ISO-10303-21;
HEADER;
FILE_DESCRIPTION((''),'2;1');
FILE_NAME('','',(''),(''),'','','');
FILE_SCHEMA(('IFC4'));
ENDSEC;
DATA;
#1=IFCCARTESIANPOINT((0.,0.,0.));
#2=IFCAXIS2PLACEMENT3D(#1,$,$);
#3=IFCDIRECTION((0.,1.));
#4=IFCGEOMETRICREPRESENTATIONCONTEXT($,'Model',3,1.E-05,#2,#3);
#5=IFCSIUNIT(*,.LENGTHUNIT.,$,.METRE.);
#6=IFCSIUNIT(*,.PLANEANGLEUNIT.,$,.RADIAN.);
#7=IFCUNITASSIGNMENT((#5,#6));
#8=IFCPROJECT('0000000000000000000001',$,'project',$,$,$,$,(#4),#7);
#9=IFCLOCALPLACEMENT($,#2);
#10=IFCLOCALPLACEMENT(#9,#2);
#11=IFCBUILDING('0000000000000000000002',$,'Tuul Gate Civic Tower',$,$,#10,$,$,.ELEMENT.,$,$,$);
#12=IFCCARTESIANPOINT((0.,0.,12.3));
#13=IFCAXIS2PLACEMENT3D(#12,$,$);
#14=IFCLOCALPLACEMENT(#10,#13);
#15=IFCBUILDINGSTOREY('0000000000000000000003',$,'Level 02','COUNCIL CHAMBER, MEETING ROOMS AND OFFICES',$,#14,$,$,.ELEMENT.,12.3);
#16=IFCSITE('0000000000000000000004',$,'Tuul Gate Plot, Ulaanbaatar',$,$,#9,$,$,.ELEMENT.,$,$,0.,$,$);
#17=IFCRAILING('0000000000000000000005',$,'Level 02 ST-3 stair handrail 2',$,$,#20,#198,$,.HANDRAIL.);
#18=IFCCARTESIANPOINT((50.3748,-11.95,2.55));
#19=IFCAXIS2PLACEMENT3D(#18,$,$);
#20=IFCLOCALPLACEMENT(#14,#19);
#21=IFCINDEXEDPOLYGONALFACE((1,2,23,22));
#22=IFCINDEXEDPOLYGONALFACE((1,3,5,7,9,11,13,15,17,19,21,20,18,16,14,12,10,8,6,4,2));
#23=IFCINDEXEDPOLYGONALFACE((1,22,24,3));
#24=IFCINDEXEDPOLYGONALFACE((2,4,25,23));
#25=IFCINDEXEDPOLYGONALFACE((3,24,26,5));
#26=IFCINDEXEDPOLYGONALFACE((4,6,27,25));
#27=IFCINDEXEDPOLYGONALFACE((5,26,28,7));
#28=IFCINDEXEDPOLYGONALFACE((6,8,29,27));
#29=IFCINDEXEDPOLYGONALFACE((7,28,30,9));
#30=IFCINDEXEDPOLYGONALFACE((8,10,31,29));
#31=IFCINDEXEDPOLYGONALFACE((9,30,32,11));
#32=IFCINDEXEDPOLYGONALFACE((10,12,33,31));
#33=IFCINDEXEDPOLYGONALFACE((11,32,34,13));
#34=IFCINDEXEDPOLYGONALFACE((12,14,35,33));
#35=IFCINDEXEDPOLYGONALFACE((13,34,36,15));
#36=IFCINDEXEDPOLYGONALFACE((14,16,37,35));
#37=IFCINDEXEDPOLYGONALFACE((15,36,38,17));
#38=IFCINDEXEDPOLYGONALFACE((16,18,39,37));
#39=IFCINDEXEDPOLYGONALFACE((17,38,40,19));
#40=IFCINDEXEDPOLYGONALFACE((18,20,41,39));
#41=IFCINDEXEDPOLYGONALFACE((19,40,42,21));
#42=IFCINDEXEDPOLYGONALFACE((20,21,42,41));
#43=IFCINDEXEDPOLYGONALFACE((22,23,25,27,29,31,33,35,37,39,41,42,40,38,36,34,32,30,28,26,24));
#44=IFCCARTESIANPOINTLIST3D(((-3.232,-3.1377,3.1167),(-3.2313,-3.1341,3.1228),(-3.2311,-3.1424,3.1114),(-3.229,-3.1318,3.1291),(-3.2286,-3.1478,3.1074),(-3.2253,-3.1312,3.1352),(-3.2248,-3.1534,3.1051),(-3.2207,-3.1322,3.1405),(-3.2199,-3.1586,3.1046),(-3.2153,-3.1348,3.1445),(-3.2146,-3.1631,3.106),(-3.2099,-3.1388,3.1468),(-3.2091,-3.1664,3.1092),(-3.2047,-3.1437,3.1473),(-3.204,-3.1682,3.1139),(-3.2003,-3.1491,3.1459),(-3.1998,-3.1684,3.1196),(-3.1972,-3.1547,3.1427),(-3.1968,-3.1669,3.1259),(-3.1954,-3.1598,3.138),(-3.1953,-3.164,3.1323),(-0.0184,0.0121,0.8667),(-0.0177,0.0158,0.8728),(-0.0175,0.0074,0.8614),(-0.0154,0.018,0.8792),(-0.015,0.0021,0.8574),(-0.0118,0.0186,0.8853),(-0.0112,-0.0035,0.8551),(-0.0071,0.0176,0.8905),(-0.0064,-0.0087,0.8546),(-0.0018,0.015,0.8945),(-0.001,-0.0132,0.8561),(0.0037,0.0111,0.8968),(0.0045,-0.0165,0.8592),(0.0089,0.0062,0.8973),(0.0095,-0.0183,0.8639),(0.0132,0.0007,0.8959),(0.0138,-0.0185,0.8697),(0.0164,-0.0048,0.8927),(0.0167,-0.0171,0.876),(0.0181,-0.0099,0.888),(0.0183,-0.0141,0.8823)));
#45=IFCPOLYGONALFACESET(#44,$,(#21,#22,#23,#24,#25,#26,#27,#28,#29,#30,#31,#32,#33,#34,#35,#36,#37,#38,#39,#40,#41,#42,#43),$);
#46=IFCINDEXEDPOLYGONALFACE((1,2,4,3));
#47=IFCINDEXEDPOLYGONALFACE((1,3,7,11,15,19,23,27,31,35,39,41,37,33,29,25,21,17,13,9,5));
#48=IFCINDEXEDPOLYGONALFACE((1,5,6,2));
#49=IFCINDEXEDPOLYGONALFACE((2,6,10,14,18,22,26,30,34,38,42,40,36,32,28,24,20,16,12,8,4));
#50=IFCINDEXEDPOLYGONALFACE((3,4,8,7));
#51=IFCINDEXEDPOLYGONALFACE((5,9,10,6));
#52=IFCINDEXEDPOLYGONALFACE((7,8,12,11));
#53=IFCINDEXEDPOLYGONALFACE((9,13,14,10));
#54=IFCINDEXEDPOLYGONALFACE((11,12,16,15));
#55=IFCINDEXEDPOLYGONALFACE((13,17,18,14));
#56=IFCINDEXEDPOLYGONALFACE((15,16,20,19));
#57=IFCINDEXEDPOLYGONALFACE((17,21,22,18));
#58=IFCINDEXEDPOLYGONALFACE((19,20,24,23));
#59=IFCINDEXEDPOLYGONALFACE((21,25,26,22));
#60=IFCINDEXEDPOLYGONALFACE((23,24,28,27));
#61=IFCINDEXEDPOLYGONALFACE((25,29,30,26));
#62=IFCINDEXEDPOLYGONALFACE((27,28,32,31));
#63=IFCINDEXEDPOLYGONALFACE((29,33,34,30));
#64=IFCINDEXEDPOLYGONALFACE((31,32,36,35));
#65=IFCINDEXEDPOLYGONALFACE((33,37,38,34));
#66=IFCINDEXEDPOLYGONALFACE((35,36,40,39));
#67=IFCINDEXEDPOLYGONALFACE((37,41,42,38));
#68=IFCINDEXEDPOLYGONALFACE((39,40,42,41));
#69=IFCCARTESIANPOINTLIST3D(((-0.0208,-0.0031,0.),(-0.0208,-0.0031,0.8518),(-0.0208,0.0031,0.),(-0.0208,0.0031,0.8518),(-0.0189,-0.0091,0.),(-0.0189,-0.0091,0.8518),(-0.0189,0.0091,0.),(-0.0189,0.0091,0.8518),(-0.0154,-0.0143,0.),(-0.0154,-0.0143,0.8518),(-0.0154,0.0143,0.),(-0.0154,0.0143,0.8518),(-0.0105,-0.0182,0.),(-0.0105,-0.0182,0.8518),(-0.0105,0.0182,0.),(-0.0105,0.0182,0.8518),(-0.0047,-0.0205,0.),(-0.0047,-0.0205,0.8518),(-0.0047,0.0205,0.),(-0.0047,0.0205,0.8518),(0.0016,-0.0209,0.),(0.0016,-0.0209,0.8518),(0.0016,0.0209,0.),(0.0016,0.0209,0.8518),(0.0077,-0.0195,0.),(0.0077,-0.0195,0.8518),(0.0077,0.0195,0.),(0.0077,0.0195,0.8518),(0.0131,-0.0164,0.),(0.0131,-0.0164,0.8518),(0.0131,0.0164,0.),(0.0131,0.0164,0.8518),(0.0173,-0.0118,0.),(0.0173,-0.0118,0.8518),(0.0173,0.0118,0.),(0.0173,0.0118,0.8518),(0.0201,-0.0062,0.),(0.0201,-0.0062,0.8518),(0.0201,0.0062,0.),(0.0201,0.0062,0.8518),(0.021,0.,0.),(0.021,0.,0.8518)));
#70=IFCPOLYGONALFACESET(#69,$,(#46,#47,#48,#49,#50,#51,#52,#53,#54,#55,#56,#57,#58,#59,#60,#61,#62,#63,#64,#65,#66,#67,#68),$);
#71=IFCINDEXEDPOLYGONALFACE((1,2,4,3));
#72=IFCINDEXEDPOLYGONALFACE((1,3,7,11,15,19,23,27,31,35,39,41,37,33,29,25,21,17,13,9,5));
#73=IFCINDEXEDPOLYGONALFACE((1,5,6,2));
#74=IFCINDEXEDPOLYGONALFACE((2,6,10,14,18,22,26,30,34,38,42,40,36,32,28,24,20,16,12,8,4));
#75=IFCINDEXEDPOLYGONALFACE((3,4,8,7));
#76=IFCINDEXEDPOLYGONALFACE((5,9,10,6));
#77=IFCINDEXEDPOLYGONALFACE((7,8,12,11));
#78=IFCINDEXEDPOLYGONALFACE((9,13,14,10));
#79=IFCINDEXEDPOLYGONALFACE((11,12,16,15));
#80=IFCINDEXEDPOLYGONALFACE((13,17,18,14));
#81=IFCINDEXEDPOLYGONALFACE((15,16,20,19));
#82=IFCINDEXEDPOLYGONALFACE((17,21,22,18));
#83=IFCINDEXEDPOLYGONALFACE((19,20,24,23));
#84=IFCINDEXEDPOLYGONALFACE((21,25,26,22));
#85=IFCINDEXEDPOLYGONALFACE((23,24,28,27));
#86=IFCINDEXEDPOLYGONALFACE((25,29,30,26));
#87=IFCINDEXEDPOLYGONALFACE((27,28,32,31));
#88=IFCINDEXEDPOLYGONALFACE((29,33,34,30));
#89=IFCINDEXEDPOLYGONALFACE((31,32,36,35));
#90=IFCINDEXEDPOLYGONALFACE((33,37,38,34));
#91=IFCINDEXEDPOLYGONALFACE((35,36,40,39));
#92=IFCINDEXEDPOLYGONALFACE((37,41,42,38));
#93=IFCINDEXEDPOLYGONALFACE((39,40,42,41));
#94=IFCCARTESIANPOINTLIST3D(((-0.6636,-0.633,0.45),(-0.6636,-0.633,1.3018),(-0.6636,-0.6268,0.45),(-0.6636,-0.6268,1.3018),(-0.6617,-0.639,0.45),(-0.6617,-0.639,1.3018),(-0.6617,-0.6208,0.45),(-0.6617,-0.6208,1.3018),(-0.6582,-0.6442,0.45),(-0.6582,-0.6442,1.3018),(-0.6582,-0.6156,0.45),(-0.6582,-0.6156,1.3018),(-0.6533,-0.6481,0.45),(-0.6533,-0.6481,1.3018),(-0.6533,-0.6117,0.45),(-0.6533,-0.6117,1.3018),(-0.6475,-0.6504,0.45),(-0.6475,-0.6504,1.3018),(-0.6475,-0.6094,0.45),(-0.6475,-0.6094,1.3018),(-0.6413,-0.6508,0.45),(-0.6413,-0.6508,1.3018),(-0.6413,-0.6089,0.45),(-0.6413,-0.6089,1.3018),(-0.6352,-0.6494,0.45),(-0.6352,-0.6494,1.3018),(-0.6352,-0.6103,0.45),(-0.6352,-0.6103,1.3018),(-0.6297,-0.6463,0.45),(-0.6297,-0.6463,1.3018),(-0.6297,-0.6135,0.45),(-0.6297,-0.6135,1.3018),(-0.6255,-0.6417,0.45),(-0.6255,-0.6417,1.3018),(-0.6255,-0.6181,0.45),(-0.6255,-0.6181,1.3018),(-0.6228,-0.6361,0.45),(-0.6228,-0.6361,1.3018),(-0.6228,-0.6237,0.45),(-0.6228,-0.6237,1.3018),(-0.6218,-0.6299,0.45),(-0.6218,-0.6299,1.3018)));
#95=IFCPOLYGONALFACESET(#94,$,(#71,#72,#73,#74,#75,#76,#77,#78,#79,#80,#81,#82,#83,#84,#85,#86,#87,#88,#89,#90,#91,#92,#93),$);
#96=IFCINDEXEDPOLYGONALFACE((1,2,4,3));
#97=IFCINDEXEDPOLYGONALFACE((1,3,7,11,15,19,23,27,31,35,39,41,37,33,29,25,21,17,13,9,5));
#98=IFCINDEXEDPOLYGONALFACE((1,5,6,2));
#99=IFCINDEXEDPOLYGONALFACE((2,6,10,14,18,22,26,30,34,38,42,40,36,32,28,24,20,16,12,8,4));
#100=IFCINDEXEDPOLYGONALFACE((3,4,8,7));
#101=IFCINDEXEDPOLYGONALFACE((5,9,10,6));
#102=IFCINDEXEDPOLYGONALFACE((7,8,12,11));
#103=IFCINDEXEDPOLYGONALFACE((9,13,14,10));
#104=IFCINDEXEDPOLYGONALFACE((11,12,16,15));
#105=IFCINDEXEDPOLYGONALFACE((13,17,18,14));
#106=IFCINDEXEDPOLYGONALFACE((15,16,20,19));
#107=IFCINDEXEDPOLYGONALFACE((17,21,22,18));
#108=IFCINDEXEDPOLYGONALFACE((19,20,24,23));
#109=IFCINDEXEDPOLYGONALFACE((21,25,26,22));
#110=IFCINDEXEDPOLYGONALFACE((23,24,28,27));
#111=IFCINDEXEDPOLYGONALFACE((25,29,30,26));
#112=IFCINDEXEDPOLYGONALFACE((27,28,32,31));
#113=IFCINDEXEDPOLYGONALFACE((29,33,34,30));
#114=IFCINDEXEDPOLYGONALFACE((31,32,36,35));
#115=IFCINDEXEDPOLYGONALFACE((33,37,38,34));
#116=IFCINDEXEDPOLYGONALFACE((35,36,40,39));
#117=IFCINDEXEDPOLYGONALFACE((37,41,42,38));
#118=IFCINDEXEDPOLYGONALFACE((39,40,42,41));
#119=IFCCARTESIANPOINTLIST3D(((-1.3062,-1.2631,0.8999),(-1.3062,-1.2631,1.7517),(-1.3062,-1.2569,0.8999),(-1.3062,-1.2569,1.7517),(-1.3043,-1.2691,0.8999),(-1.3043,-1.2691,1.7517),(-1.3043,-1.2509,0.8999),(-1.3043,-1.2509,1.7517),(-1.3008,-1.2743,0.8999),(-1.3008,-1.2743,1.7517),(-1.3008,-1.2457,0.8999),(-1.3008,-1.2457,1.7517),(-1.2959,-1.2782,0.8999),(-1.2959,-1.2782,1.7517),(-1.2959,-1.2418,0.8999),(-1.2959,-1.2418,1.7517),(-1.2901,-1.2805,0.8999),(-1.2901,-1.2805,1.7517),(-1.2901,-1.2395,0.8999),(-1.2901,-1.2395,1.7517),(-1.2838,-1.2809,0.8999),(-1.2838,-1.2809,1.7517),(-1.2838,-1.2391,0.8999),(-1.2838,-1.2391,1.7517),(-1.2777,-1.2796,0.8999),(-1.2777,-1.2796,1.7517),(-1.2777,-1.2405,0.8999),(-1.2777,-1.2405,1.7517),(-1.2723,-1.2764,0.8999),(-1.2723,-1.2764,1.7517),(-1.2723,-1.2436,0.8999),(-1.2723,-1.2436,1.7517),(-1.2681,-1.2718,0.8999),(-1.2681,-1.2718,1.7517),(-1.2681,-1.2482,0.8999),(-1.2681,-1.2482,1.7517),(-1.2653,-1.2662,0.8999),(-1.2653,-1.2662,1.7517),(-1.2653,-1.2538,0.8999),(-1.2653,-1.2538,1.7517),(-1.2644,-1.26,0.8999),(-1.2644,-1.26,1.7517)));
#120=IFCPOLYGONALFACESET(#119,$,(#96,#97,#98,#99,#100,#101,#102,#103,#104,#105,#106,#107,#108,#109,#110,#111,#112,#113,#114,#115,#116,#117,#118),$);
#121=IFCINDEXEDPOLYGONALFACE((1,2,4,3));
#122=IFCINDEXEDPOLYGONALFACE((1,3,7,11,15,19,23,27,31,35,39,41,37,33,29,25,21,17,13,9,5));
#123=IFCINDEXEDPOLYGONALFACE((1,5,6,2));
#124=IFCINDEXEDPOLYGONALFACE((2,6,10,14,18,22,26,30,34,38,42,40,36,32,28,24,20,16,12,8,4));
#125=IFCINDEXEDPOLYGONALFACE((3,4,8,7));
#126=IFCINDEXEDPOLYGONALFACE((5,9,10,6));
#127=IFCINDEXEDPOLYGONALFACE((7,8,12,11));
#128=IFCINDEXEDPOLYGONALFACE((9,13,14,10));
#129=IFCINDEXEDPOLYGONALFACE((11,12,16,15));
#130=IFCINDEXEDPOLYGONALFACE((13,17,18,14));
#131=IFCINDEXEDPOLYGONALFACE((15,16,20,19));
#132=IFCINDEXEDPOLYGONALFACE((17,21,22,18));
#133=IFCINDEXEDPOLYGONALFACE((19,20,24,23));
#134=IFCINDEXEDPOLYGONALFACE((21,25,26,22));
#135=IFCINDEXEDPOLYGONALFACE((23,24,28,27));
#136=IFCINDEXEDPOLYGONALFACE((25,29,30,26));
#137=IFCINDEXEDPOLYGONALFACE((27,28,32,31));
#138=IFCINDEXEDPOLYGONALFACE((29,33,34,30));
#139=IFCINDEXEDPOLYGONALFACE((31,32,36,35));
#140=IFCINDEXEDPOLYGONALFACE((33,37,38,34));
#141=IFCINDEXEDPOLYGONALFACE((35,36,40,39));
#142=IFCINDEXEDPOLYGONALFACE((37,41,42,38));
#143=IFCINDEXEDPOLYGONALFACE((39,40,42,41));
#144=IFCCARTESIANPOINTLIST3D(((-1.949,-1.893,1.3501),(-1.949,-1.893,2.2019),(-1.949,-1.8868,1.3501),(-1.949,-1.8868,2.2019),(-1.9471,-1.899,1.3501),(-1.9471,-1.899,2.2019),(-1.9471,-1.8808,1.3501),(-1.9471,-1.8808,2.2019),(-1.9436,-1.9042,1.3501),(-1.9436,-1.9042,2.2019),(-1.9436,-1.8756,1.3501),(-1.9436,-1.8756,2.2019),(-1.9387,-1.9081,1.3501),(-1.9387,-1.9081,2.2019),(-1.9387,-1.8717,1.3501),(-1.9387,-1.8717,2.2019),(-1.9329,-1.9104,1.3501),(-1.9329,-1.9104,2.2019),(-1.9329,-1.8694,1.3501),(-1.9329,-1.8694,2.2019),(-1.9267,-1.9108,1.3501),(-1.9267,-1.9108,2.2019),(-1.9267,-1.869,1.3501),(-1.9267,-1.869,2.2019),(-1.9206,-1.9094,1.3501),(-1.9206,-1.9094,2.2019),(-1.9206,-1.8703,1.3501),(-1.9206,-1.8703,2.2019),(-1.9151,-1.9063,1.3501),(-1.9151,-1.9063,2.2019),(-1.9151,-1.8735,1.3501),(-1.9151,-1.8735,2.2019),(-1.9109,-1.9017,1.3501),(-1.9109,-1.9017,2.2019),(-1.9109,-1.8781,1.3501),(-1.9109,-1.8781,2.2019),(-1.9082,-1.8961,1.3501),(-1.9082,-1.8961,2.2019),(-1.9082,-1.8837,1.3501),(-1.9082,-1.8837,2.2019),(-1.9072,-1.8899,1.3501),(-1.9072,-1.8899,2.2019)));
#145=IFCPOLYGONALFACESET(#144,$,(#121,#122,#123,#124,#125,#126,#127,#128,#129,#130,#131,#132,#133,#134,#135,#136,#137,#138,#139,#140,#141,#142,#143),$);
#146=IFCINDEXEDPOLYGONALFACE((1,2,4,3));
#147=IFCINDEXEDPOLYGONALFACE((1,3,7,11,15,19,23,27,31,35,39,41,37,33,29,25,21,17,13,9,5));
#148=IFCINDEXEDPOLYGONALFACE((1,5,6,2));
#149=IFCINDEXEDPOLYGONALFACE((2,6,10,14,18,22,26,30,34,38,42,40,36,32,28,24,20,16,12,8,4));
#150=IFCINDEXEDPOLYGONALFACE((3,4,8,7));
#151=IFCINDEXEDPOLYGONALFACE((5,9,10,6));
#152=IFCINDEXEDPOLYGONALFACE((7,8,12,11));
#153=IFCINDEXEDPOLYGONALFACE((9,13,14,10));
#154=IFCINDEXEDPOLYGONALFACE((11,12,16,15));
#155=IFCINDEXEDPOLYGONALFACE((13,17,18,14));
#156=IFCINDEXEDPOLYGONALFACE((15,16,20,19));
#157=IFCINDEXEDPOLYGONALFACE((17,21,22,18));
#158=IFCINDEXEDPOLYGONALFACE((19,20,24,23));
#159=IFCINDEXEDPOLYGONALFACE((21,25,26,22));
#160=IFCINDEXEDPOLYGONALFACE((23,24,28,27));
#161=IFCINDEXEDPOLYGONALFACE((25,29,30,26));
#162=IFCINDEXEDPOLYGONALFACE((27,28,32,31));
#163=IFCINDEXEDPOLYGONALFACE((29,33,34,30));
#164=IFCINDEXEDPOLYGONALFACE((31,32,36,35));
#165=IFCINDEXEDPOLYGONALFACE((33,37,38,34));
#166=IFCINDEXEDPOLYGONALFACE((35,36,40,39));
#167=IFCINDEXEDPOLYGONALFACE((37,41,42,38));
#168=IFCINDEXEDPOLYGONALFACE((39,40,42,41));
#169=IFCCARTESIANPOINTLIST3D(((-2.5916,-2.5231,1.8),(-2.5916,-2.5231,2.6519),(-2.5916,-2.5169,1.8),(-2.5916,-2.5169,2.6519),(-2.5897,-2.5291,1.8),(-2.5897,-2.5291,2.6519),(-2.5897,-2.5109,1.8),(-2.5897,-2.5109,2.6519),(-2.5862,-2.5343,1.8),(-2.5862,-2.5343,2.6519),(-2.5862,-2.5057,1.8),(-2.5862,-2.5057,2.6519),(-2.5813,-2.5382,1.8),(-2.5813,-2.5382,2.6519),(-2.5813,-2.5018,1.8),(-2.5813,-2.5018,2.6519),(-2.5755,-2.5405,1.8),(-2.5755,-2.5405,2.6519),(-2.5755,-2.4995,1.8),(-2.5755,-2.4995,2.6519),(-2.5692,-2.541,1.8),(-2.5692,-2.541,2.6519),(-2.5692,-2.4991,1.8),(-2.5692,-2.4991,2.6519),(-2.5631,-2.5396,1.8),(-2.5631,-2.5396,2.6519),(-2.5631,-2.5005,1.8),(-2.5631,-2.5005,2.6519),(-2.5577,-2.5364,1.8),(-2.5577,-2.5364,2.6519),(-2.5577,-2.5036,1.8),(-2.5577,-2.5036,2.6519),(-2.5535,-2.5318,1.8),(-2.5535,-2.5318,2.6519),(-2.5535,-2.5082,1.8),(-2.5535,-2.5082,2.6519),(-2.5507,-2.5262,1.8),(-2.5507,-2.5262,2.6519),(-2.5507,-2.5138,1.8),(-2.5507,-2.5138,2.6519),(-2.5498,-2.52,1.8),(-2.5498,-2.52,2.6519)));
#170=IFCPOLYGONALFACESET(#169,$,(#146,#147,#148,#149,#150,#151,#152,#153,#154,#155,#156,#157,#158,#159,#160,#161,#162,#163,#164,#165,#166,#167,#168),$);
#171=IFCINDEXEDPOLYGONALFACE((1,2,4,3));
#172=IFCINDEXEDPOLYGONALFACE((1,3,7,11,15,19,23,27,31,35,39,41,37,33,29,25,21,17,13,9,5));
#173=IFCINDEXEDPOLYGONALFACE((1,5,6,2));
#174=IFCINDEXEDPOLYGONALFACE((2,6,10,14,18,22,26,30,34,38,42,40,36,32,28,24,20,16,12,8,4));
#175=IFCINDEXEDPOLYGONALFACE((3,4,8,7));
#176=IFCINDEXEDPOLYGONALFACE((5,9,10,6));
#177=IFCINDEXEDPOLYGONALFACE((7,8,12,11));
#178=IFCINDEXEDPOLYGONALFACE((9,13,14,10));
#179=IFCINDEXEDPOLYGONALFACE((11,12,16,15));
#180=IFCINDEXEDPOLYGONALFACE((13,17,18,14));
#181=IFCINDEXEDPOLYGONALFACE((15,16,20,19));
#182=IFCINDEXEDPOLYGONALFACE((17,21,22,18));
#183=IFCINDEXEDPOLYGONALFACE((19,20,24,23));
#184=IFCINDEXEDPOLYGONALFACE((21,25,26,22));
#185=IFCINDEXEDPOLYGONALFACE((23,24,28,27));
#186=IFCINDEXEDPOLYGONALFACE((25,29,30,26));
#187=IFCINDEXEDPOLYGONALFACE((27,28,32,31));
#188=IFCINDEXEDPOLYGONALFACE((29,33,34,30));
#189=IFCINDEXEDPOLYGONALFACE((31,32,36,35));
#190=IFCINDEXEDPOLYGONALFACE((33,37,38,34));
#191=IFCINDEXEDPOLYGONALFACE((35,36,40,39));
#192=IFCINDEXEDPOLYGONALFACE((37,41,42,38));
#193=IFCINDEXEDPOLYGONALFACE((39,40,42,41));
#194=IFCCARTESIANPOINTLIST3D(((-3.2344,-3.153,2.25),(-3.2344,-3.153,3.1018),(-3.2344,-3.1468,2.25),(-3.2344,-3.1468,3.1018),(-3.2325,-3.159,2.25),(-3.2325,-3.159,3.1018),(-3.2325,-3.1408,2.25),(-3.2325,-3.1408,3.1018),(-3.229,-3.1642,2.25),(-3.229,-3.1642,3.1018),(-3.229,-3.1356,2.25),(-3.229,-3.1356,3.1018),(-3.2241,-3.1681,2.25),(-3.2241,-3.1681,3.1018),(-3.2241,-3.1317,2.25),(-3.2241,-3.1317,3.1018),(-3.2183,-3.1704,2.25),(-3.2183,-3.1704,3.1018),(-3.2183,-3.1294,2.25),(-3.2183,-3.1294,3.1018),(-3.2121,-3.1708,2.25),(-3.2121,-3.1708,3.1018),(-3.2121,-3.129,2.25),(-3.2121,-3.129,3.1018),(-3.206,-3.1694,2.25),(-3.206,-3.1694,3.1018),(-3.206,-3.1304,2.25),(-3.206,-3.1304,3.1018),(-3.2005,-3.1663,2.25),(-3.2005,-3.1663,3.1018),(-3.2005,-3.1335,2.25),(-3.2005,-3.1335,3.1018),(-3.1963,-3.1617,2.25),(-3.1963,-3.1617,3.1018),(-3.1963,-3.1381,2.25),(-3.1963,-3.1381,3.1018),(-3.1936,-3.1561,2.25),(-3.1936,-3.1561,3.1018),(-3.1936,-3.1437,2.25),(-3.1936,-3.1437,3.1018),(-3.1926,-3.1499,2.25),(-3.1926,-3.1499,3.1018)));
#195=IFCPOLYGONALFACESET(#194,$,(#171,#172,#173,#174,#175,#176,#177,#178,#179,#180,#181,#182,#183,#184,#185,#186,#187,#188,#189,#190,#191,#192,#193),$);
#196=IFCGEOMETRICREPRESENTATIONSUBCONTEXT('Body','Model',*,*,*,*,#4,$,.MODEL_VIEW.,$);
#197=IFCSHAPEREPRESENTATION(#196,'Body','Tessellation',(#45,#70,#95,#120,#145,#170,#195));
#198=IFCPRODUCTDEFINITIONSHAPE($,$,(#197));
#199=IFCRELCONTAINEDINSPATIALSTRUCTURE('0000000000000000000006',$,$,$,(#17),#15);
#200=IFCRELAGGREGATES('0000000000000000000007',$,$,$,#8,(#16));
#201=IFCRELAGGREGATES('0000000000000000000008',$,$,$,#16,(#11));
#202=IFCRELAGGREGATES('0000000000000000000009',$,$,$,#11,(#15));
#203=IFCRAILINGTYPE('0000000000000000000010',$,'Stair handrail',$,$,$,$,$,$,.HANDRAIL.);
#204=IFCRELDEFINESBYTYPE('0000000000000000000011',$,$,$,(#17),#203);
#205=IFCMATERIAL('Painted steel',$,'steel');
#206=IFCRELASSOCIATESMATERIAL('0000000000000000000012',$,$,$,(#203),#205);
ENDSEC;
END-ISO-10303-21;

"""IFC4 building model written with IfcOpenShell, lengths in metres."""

from ifc_helpers import new_model, si_unit, direction, frame, origin, origin_2d, place, context, subcontext, project, spatial, circle, extrude, material, type_object, element, save


model = new_model("IFC4")

# Units and contexts
model_context = context("Model", 3, precision=1e-05, world=origin(), true_north=direction((0.0, 1.0)))
body_context = subcontext(model_context, "Body", "Model", "MODEL_VIEW")
ifc_project = project(units=[si_unit("LENGTHUNIT", "METRE"), si_unit("PLANEANGLEUNIT", "RADIAN")], contexts=[model_context])

# Site, building, storey
site_placement = place(None, origin())
site = spatial("IfcSite", under=ifc_project, at=site_placement, Name="Tuul Gate Plot, Ulaanbaatar", CompositionType="ELEMENT", RefElevation=0.0)
building_placement = place(site_placement, origin())
building = spatial("IfcBuilding", under=site, at=building_placement, Name="Tuul Gate Civic Tower", CompositionType="ELEMENT")
storey_placement = place(building_placement, frame((0.0, 0.0, 12.3)))
storey = spatial("IfcBuildingStorey", under=building, at=storey_placement, Name="Level 02", Description="COUNCIL CHAMBER, MEETING ROOMS AND OFFICES", CompositionType="ELEMENT", Elevation=12.3)

# Railing
ifc_material_1 = material(Name="Painted steel", Category="steel")
railing_type = type_object("IfcRailingType", Name="Stair handrail", PredefinedType="HANDRAIL", material=ifc_material_1)
railing_placement = place(storey_placement, frame((50.3748, -11.95, 2.55)))
element("IfcRailing", 1, at=railing_placement, inside=storey, type_object=railing_type, Name="Level 02 ST-3 stair handrail 2", PredefinedType="HANDRAIL", context=body_context, shape_type="SweptSolid", body=[
    extrude(circle(Radius=0.0239, at=origin_2d()), frame((0.0, 0.0, 0.876), z_axis=(-0.638754, -0.626089, 0.44722), x_axis=(0.699991, -0.714152, 0.0)), (0.0, 0.0, 1.0), 5.031),
    extrude(circle(Radius=0.021, at=origin_2d()), origin(), (0.0, 0.0, 1.0), 0.8518),
    extrude(circle(Radius=0.021, at=origin_2d()), frame((-0.6428, -0.6299, 0.45)), (0.0, 0.0, 1.0), 0.8518),
    extrude(circle(Radius=0.021, at=origin_2d()), frame((-1.2854, -1.26, 0.8999)), (0.0, 0.0, 1.0), 0.8518),
    extrude(circle(Radius=0.021, at=origin_2d()), frame((-1.9282, -1.8899, 1.3501)), (0.0, 0.0, 1.0), 0.8518),
    extrude(circle(Radius=0.021, at=origin_2d()), frame((-2.5708, -2.52, 1.8)), (0.0, 0.0, 1.0), 0.8518),
    extrude(circle(Radius=0.021, at=origin_2d()), frame((-3.2136, -3.1499, 2.25)), (0.0, 0.0, 1.0), 0.8518),
])

save(model, "model.ifc")
